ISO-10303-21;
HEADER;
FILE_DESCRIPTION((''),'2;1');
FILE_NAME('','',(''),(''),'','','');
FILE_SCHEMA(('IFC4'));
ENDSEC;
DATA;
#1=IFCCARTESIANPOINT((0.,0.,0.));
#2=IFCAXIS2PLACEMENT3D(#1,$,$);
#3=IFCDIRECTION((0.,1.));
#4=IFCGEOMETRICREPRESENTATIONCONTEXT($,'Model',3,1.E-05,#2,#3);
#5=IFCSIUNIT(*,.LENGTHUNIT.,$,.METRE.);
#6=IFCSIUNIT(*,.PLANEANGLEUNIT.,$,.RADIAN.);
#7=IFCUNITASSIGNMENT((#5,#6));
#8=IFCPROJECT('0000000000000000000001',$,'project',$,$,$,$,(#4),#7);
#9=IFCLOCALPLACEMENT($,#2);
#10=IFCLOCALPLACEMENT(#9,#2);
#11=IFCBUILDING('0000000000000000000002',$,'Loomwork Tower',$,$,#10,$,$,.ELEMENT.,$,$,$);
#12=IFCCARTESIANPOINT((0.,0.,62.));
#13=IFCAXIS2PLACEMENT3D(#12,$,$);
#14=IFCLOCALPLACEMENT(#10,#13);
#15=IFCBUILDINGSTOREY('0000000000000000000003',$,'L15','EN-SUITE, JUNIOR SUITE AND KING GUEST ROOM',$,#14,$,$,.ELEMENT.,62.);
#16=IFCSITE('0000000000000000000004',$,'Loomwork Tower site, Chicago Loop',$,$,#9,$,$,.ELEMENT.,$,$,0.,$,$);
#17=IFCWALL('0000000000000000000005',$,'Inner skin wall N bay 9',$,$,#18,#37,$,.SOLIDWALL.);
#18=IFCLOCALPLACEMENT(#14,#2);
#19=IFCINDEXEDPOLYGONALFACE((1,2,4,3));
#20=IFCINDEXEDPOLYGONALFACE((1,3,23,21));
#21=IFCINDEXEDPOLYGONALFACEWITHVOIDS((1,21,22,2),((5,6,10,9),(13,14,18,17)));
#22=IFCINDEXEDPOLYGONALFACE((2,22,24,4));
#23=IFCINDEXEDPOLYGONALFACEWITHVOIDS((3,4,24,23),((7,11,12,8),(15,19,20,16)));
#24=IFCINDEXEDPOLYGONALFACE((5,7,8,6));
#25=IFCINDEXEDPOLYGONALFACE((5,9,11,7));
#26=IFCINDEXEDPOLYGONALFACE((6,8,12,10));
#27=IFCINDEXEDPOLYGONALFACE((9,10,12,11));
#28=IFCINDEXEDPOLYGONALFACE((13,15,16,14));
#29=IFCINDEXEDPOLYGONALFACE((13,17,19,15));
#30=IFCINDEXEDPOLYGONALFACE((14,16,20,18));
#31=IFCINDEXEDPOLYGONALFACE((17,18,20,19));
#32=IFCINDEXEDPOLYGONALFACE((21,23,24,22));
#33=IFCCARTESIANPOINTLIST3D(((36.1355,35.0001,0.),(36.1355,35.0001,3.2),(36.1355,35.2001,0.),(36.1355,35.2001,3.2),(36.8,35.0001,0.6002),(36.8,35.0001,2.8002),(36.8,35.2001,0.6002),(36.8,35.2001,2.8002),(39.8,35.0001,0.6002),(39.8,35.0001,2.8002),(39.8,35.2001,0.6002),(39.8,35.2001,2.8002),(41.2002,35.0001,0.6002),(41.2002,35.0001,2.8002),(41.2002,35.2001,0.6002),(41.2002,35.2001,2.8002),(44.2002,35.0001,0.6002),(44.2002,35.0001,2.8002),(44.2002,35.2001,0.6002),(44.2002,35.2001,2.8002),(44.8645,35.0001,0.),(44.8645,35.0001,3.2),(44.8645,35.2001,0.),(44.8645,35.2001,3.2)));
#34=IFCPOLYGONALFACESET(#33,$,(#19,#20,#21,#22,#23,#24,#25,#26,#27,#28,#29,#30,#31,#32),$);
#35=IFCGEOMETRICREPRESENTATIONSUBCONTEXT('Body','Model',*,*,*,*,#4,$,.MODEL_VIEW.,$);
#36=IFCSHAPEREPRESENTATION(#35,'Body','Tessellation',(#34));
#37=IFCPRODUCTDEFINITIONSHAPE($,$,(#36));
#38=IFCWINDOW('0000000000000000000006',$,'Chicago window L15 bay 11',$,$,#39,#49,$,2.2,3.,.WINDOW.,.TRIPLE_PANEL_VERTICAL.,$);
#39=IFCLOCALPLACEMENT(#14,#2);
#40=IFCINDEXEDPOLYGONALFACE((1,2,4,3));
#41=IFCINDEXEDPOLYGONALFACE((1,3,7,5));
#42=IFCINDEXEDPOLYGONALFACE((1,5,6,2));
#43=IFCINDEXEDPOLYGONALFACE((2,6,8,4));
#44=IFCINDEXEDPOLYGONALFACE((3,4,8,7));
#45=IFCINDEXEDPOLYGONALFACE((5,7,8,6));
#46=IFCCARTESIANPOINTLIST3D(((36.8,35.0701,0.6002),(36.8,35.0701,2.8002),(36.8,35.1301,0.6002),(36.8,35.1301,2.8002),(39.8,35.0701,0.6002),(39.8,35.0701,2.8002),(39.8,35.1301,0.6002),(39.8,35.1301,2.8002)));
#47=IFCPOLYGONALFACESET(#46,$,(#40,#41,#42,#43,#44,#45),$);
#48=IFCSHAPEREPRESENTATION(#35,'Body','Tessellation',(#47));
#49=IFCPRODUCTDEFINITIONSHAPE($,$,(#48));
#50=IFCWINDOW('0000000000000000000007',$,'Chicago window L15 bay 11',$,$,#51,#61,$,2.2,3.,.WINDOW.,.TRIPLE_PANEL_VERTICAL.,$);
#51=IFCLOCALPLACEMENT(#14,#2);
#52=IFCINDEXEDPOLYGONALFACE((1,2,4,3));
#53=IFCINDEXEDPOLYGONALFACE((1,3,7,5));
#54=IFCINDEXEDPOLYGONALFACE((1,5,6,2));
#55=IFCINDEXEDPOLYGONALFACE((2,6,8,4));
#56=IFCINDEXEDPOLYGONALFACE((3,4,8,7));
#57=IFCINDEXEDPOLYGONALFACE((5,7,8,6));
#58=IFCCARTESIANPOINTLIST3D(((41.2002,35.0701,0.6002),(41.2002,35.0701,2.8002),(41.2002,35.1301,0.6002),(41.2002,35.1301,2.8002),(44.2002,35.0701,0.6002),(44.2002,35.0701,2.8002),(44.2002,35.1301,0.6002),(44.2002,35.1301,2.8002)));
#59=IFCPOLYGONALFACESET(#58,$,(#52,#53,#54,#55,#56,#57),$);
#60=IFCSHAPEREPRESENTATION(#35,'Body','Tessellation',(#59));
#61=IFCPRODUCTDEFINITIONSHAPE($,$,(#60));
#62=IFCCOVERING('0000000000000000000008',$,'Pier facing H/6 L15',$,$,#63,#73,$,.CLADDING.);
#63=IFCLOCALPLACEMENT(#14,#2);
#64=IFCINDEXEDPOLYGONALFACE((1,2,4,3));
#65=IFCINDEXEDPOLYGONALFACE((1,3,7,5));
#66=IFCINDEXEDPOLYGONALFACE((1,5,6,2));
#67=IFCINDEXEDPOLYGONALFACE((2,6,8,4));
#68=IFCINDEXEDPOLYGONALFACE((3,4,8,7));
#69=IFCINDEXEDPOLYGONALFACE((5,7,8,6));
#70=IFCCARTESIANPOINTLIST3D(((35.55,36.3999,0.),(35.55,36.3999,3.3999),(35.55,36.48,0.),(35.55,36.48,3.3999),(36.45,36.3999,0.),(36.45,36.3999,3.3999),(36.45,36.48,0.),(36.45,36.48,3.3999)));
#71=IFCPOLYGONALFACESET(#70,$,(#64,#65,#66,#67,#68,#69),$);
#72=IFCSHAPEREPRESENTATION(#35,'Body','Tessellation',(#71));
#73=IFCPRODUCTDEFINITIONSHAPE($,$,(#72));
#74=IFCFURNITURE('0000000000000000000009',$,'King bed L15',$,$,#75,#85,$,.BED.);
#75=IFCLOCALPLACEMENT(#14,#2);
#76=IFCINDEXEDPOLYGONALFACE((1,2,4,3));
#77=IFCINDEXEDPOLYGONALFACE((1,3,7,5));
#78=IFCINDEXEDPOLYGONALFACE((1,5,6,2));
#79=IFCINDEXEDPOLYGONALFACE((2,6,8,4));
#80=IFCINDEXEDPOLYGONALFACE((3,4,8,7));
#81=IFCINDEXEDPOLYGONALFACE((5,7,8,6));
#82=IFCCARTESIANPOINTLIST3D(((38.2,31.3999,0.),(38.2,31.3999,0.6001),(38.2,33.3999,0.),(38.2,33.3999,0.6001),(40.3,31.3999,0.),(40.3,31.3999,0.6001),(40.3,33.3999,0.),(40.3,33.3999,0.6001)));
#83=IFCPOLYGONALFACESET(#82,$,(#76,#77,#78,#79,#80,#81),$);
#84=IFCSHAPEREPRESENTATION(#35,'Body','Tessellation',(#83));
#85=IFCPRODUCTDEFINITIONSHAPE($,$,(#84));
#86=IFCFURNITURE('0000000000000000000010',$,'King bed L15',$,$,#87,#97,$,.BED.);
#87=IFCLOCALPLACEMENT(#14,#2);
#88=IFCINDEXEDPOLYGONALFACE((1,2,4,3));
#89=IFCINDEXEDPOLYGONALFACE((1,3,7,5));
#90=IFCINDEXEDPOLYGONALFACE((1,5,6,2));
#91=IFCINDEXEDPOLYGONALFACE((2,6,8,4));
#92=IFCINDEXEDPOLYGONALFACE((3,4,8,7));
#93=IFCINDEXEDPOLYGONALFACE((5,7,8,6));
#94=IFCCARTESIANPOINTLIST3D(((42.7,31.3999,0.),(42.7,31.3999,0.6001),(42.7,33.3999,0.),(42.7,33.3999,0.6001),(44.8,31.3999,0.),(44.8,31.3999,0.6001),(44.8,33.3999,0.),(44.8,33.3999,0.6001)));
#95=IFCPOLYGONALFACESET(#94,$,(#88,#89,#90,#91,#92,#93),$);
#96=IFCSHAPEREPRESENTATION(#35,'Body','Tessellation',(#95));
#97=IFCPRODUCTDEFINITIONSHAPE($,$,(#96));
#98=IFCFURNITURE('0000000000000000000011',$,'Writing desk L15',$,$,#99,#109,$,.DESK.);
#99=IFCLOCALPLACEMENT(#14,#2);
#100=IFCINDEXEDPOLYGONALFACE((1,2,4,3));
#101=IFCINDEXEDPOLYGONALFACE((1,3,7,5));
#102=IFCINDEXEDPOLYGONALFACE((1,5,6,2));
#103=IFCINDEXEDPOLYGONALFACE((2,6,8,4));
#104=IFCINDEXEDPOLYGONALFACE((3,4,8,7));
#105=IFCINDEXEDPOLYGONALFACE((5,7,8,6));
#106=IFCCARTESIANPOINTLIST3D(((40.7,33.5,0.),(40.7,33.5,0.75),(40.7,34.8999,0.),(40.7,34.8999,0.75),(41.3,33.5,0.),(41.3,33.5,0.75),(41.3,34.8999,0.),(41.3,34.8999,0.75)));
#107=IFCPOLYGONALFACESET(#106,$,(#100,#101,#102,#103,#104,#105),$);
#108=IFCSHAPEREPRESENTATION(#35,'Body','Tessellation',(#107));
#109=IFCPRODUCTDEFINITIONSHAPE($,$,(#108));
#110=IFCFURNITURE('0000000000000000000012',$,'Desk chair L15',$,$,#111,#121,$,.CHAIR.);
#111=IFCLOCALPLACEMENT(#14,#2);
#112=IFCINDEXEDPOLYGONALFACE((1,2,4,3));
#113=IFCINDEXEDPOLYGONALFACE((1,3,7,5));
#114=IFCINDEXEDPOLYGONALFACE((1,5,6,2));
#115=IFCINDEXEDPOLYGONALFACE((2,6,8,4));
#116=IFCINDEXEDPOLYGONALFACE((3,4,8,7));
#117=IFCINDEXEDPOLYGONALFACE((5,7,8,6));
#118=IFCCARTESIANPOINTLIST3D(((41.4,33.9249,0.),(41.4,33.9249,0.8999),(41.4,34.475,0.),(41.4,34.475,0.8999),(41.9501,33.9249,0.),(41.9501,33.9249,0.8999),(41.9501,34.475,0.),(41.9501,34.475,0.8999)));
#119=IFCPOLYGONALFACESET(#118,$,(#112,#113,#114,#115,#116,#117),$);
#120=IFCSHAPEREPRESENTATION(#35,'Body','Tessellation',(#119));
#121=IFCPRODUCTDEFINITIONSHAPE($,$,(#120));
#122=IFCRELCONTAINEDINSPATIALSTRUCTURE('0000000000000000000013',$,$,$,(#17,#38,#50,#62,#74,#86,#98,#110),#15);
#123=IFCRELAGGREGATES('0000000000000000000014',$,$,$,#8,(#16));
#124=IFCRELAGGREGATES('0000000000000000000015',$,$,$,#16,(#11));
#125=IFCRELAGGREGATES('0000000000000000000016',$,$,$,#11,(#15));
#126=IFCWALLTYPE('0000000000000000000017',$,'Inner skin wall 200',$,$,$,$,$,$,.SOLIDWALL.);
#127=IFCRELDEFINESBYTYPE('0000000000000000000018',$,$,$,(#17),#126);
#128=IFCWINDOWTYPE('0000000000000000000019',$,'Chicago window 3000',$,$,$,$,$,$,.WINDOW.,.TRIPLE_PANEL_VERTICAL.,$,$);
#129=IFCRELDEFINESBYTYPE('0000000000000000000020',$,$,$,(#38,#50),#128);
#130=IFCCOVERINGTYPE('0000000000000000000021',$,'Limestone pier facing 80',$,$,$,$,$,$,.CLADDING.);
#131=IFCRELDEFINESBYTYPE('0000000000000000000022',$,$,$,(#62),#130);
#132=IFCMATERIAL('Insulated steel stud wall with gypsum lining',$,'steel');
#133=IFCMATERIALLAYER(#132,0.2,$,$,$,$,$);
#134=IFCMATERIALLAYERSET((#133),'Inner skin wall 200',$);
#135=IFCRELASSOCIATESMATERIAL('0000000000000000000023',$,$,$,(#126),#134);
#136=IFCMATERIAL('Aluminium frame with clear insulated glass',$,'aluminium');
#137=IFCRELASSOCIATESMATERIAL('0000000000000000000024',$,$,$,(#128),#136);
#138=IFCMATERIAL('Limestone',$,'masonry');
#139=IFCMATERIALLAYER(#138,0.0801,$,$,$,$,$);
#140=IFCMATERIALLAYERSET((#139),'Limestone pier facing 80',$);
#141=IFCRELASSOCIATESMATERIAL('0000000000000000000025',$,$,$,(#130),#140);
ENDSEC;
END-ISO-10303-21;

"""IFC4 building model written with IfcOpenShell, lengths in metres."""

from ifc_helpers import new_model, si_unit, direction, frame, frame_2d, origin, origin_2d, place, context, subcontext, project, spatial, rectangle, extrude, material, layer, layer_set, type_object, element, fill, save


model = new_model("IFC4")

# Units and contexts
model_context = context("Model", 3, precision=1e-05, world=origin(), true_north=direction((0.0, 1.0)))
body_context = subcontext(model_context, "Body", "Model", "MODEL_VIEW")
ifc_project = project(units=[si_unit("LENGTHUNIT", "METRE"), si_unit("PLANEANGLEUNIT", "RADIAN")], contexts=[model_context])

# Site, building, storey
site_placement = place(None, origin())
site = spatial("IfcSite", under=ifc_project, at=site_placement, Name="Loomwork Tower site, Chicago Loop", CompositionType="ELEMENT", RefElevation=0.0)
building_placement = place(site_placement, origin())
building = spatial("IfcBuilding", under=site, at=building_placement, Name="Loomwork Tower", CompositionType="ELEMENT")
storey_placement = place(building_placement, frame((0.0, 0.0, 62.0)))
storey = spatial("IfcBuildingStorey", under=building, at=storey_placement, Name="L15", Description="EN-SUITE, JUNIOR SUITE AND KING GUEST ROOM", CompositionType="ELEMENT", Elevation=62.0)

# Shared definitions
ifc_material_1 = material(Name="Insulated steel stud wall with gypsum lining", Category="steel")
ifc_layer_1 = layer(ifc_material_1, 0.2)
ifc_layer_set_1 = layer_set([ifc_layer_1], Name="Inner skin wall 200")
wall_type_1 = type_object("IfcWallType", Name="Inner skin wall 200", PredefinedType="SOLIDWALL", material=ifc_layer_set_1)

# Wall, openings, windows
wall_1_placement = place(storey_placement, frame((36.1355, 35.1001, 0.0), z_axis=(0.0, 0.0, 1.0), x_axis=(1.0, 0.0, 0.0)))
wall_1 = element("IfcWall", 1, at=wall_1_placement, inside=storey, type_object=wall_type_1, Name="Inner skin wall N bay 9", PredefinedType="SOLIDWALL", context=body_context, shape_type="SweptSolid", body=[
    extrude(rectangle(XDim=8.729, YDim=0.2, at=frame_2d((4.3645, 0.0))), origin(), (0.0, 0.0, 1.0), 3.2),
])
opening_1_placement = place(wall_1_placement, frame((0.6646, 0.0, 0.6001)))
opening_1 = element("IfcOpeningElement", 2, at=opening_1_placement, cuts=wall_1, PredefinedType="OPENING", context=body_context, shape_type="SweptSolid", body=[
    extrude(rectangle(XDim=3.0, YDim=2.2, at=frame_2d((1.5, 1.1001))), frame((0.0, 0.1099, 0.0), z_axis=(0.0, -1.0, 0.0), x_axis=(1.0, 0.0, 0.0)), (0.0, 0.0, 1.0), 0.22),
])
opening_2_placement = place(wall_1_placement, frame((5.0647, 0.0, 0.6001)))
opening_2 = element("IfcOpeningElement", 3, at=opening_2_placement, cuts=wall_1, PredefinedType="OPENING", context=body_context, shape_type="SweptSolid", body=[
    extrude(rectangle(XDim=3.0, YDim=2.2, at=frame_2d((1.5, 1.1001))), frame((0.0, 0.1099, 0.0), z_axis=(0.0, -1.0, 0.0), x_axis=(1.0, 0.0, 0.0)), (0.0, 0.0, 1.0), 0.22),
])
ifc_material_2 = material(Name="Aluminium frame with clear insulated glass", Category="aluminium")
window_type = type_object("IfcWindowType", Name="Chicago window 3000", PartitioningType="TRIPLE_PANEL_VERTICAL", PredefinedType="WINDOW", material=ifc_material_2)
window_1_placement = place(opening_1_placement, origin())
window_1 = element("IfcWindow", 4, at=window_1_placement, inside=storey, type_object=window_type, Name="Chicago window L15 bay 11", OverallHeight=2.2, OverallWidth=3.0, PartitioningType="TRIPLE_PANEL_VERTICAL", PredefinedType="WINDOW", context=body_context, shape_type="SweptSolid", body=[
    extrude(rectangle(XDim=3.0, YDim=2.2, at=frame_2d((1.5, 1.1001))), frame((0.0, 0.03, 0.0), z_axis=(0.0, -1.0, 0.0), x_axis=(1.0, 0.0, 0.0)), (0.0, 0.0, 1.0), 0.0601),
])
fill(opening_1, window_1)
window_2_placement = place(opening_2_placement, origin())
window_2 = element("IfcWindow", 5, at=window_2_placement, inside=storey, type_object=window_type, Name="Chicago window L15 bay 11", OverallHeight=2.2, OverallWidth=3.0, PartitioningType="TRIPLE_PANEL_VERTICAL", PredefinedType="WINDOW", context=body_context, shape_type="SweptSolid", body=[
    extrude(rectangle(XDim=3.0, YDim=2.2, at=frame_2d((1.5, 1.1001))), frame((0.0, 0.03, 0.0), z_axis=(0.0, -1.0, 0.0), x_axis=(1.0, 0.0, 0.0)), (0.0, 0.0, 1.0), 0.0601),
])
fill(opening_2, window_2)

# Covering
ifc_material_3 = material(Name="Limestone", Category="masonry")
ifc_layer_2 = layer(ifc_material_3, 0.0801)
ifc_layer_set_2 = layer_set([ifc_layer_2], Name="Limestone pier facing 80")
covering_type = type_object("IfcCoveringType", Name="Limestone pier facing 80", PredefinedType="CLADDING", material=ifc_layer_set_2)
covering_placement = place(storey_placement, frame((36.0, 36.4399, 0.0), z_axis=(0.0, 0.0, 1.0), x_axis=(1.0, 0.0, 0.0)))
element("IfcCovering", 6, at=covering_placement, inside=storey, type_object=covering_type, Name="Pier facing H/6 L15", PredefinedType="CLADDING", context=body_context, shape_type="SweptSolid", body=[
    extrude(rectangle(XDim=0.8999, YDim=0.0801, at=origin_2d()), origin(), (0.0, 0.0, 1.0), 3.3999),
])

# Furniture
for number, where, z_axis, x_axis, name in (
    (7, (39.25, 32.3999, 0.0), (0.0, 0.0, 1.0), (1.0, 0.0, 0.0), "King bed L15"),
    (8, (43.75, 32.3999, 0.0), (0.0, 0.0, 1.0), (1.0, 0.0, 0.0), "King bed L15"),
):
    element("IfcFurniture", number, at=place(storey_placement, frame(where, z_axis=z_axis, x_axis=x_axis)), inside=storey, Name=name, PredefinedType="BED", context=body_context, shape_type="SweptSolid", body=[
        extrude(rectangle(XDim=2.1001, YDim=2.0, at=origin_2d()), origin(), (0.0, 0.0, 1.0), 0.6001),
    ])
furniture_1_placement = place(storey_placement, frame((41.0, 34.2, 0.0), z_axis=(0.0, 0.0, 1.0), x_axis=(1.0, 0.0, 0.0)))
element("IfcFurniture", 9, at=furniture_1_placement, inside=storey, Name="Writing desk L15", PredefinedType="DESK", context=body_context, shape_type="SweptSolid", body=[
    extrude(rectangle(XDim=0.6001, YDim=1.3999, at=origin_2d()), origin(), (0.0, 0.0, 1.0), 0.75),
])
furniture_2_placement = place(storey_placement, frame((41.675, 34.2, 0.0), z_axis=(0.0, 0.0, 1.0), x_axis=(1.0, 0.0, 0.0)))
element("IfcFurniture", 10, at=furniture_2_placement, inside=storey, Name="Desk chair L15", PredefinedType="CHAIR", context=body_context, shape_type="SweptSolid", body=[
    extrude(rectangle(XDim=0.55, YDim=0.55, at=origin_2d()), origin(), (0.0, 0.0, 1.0), 0.8999),
])

save(model, "model.ifc")
